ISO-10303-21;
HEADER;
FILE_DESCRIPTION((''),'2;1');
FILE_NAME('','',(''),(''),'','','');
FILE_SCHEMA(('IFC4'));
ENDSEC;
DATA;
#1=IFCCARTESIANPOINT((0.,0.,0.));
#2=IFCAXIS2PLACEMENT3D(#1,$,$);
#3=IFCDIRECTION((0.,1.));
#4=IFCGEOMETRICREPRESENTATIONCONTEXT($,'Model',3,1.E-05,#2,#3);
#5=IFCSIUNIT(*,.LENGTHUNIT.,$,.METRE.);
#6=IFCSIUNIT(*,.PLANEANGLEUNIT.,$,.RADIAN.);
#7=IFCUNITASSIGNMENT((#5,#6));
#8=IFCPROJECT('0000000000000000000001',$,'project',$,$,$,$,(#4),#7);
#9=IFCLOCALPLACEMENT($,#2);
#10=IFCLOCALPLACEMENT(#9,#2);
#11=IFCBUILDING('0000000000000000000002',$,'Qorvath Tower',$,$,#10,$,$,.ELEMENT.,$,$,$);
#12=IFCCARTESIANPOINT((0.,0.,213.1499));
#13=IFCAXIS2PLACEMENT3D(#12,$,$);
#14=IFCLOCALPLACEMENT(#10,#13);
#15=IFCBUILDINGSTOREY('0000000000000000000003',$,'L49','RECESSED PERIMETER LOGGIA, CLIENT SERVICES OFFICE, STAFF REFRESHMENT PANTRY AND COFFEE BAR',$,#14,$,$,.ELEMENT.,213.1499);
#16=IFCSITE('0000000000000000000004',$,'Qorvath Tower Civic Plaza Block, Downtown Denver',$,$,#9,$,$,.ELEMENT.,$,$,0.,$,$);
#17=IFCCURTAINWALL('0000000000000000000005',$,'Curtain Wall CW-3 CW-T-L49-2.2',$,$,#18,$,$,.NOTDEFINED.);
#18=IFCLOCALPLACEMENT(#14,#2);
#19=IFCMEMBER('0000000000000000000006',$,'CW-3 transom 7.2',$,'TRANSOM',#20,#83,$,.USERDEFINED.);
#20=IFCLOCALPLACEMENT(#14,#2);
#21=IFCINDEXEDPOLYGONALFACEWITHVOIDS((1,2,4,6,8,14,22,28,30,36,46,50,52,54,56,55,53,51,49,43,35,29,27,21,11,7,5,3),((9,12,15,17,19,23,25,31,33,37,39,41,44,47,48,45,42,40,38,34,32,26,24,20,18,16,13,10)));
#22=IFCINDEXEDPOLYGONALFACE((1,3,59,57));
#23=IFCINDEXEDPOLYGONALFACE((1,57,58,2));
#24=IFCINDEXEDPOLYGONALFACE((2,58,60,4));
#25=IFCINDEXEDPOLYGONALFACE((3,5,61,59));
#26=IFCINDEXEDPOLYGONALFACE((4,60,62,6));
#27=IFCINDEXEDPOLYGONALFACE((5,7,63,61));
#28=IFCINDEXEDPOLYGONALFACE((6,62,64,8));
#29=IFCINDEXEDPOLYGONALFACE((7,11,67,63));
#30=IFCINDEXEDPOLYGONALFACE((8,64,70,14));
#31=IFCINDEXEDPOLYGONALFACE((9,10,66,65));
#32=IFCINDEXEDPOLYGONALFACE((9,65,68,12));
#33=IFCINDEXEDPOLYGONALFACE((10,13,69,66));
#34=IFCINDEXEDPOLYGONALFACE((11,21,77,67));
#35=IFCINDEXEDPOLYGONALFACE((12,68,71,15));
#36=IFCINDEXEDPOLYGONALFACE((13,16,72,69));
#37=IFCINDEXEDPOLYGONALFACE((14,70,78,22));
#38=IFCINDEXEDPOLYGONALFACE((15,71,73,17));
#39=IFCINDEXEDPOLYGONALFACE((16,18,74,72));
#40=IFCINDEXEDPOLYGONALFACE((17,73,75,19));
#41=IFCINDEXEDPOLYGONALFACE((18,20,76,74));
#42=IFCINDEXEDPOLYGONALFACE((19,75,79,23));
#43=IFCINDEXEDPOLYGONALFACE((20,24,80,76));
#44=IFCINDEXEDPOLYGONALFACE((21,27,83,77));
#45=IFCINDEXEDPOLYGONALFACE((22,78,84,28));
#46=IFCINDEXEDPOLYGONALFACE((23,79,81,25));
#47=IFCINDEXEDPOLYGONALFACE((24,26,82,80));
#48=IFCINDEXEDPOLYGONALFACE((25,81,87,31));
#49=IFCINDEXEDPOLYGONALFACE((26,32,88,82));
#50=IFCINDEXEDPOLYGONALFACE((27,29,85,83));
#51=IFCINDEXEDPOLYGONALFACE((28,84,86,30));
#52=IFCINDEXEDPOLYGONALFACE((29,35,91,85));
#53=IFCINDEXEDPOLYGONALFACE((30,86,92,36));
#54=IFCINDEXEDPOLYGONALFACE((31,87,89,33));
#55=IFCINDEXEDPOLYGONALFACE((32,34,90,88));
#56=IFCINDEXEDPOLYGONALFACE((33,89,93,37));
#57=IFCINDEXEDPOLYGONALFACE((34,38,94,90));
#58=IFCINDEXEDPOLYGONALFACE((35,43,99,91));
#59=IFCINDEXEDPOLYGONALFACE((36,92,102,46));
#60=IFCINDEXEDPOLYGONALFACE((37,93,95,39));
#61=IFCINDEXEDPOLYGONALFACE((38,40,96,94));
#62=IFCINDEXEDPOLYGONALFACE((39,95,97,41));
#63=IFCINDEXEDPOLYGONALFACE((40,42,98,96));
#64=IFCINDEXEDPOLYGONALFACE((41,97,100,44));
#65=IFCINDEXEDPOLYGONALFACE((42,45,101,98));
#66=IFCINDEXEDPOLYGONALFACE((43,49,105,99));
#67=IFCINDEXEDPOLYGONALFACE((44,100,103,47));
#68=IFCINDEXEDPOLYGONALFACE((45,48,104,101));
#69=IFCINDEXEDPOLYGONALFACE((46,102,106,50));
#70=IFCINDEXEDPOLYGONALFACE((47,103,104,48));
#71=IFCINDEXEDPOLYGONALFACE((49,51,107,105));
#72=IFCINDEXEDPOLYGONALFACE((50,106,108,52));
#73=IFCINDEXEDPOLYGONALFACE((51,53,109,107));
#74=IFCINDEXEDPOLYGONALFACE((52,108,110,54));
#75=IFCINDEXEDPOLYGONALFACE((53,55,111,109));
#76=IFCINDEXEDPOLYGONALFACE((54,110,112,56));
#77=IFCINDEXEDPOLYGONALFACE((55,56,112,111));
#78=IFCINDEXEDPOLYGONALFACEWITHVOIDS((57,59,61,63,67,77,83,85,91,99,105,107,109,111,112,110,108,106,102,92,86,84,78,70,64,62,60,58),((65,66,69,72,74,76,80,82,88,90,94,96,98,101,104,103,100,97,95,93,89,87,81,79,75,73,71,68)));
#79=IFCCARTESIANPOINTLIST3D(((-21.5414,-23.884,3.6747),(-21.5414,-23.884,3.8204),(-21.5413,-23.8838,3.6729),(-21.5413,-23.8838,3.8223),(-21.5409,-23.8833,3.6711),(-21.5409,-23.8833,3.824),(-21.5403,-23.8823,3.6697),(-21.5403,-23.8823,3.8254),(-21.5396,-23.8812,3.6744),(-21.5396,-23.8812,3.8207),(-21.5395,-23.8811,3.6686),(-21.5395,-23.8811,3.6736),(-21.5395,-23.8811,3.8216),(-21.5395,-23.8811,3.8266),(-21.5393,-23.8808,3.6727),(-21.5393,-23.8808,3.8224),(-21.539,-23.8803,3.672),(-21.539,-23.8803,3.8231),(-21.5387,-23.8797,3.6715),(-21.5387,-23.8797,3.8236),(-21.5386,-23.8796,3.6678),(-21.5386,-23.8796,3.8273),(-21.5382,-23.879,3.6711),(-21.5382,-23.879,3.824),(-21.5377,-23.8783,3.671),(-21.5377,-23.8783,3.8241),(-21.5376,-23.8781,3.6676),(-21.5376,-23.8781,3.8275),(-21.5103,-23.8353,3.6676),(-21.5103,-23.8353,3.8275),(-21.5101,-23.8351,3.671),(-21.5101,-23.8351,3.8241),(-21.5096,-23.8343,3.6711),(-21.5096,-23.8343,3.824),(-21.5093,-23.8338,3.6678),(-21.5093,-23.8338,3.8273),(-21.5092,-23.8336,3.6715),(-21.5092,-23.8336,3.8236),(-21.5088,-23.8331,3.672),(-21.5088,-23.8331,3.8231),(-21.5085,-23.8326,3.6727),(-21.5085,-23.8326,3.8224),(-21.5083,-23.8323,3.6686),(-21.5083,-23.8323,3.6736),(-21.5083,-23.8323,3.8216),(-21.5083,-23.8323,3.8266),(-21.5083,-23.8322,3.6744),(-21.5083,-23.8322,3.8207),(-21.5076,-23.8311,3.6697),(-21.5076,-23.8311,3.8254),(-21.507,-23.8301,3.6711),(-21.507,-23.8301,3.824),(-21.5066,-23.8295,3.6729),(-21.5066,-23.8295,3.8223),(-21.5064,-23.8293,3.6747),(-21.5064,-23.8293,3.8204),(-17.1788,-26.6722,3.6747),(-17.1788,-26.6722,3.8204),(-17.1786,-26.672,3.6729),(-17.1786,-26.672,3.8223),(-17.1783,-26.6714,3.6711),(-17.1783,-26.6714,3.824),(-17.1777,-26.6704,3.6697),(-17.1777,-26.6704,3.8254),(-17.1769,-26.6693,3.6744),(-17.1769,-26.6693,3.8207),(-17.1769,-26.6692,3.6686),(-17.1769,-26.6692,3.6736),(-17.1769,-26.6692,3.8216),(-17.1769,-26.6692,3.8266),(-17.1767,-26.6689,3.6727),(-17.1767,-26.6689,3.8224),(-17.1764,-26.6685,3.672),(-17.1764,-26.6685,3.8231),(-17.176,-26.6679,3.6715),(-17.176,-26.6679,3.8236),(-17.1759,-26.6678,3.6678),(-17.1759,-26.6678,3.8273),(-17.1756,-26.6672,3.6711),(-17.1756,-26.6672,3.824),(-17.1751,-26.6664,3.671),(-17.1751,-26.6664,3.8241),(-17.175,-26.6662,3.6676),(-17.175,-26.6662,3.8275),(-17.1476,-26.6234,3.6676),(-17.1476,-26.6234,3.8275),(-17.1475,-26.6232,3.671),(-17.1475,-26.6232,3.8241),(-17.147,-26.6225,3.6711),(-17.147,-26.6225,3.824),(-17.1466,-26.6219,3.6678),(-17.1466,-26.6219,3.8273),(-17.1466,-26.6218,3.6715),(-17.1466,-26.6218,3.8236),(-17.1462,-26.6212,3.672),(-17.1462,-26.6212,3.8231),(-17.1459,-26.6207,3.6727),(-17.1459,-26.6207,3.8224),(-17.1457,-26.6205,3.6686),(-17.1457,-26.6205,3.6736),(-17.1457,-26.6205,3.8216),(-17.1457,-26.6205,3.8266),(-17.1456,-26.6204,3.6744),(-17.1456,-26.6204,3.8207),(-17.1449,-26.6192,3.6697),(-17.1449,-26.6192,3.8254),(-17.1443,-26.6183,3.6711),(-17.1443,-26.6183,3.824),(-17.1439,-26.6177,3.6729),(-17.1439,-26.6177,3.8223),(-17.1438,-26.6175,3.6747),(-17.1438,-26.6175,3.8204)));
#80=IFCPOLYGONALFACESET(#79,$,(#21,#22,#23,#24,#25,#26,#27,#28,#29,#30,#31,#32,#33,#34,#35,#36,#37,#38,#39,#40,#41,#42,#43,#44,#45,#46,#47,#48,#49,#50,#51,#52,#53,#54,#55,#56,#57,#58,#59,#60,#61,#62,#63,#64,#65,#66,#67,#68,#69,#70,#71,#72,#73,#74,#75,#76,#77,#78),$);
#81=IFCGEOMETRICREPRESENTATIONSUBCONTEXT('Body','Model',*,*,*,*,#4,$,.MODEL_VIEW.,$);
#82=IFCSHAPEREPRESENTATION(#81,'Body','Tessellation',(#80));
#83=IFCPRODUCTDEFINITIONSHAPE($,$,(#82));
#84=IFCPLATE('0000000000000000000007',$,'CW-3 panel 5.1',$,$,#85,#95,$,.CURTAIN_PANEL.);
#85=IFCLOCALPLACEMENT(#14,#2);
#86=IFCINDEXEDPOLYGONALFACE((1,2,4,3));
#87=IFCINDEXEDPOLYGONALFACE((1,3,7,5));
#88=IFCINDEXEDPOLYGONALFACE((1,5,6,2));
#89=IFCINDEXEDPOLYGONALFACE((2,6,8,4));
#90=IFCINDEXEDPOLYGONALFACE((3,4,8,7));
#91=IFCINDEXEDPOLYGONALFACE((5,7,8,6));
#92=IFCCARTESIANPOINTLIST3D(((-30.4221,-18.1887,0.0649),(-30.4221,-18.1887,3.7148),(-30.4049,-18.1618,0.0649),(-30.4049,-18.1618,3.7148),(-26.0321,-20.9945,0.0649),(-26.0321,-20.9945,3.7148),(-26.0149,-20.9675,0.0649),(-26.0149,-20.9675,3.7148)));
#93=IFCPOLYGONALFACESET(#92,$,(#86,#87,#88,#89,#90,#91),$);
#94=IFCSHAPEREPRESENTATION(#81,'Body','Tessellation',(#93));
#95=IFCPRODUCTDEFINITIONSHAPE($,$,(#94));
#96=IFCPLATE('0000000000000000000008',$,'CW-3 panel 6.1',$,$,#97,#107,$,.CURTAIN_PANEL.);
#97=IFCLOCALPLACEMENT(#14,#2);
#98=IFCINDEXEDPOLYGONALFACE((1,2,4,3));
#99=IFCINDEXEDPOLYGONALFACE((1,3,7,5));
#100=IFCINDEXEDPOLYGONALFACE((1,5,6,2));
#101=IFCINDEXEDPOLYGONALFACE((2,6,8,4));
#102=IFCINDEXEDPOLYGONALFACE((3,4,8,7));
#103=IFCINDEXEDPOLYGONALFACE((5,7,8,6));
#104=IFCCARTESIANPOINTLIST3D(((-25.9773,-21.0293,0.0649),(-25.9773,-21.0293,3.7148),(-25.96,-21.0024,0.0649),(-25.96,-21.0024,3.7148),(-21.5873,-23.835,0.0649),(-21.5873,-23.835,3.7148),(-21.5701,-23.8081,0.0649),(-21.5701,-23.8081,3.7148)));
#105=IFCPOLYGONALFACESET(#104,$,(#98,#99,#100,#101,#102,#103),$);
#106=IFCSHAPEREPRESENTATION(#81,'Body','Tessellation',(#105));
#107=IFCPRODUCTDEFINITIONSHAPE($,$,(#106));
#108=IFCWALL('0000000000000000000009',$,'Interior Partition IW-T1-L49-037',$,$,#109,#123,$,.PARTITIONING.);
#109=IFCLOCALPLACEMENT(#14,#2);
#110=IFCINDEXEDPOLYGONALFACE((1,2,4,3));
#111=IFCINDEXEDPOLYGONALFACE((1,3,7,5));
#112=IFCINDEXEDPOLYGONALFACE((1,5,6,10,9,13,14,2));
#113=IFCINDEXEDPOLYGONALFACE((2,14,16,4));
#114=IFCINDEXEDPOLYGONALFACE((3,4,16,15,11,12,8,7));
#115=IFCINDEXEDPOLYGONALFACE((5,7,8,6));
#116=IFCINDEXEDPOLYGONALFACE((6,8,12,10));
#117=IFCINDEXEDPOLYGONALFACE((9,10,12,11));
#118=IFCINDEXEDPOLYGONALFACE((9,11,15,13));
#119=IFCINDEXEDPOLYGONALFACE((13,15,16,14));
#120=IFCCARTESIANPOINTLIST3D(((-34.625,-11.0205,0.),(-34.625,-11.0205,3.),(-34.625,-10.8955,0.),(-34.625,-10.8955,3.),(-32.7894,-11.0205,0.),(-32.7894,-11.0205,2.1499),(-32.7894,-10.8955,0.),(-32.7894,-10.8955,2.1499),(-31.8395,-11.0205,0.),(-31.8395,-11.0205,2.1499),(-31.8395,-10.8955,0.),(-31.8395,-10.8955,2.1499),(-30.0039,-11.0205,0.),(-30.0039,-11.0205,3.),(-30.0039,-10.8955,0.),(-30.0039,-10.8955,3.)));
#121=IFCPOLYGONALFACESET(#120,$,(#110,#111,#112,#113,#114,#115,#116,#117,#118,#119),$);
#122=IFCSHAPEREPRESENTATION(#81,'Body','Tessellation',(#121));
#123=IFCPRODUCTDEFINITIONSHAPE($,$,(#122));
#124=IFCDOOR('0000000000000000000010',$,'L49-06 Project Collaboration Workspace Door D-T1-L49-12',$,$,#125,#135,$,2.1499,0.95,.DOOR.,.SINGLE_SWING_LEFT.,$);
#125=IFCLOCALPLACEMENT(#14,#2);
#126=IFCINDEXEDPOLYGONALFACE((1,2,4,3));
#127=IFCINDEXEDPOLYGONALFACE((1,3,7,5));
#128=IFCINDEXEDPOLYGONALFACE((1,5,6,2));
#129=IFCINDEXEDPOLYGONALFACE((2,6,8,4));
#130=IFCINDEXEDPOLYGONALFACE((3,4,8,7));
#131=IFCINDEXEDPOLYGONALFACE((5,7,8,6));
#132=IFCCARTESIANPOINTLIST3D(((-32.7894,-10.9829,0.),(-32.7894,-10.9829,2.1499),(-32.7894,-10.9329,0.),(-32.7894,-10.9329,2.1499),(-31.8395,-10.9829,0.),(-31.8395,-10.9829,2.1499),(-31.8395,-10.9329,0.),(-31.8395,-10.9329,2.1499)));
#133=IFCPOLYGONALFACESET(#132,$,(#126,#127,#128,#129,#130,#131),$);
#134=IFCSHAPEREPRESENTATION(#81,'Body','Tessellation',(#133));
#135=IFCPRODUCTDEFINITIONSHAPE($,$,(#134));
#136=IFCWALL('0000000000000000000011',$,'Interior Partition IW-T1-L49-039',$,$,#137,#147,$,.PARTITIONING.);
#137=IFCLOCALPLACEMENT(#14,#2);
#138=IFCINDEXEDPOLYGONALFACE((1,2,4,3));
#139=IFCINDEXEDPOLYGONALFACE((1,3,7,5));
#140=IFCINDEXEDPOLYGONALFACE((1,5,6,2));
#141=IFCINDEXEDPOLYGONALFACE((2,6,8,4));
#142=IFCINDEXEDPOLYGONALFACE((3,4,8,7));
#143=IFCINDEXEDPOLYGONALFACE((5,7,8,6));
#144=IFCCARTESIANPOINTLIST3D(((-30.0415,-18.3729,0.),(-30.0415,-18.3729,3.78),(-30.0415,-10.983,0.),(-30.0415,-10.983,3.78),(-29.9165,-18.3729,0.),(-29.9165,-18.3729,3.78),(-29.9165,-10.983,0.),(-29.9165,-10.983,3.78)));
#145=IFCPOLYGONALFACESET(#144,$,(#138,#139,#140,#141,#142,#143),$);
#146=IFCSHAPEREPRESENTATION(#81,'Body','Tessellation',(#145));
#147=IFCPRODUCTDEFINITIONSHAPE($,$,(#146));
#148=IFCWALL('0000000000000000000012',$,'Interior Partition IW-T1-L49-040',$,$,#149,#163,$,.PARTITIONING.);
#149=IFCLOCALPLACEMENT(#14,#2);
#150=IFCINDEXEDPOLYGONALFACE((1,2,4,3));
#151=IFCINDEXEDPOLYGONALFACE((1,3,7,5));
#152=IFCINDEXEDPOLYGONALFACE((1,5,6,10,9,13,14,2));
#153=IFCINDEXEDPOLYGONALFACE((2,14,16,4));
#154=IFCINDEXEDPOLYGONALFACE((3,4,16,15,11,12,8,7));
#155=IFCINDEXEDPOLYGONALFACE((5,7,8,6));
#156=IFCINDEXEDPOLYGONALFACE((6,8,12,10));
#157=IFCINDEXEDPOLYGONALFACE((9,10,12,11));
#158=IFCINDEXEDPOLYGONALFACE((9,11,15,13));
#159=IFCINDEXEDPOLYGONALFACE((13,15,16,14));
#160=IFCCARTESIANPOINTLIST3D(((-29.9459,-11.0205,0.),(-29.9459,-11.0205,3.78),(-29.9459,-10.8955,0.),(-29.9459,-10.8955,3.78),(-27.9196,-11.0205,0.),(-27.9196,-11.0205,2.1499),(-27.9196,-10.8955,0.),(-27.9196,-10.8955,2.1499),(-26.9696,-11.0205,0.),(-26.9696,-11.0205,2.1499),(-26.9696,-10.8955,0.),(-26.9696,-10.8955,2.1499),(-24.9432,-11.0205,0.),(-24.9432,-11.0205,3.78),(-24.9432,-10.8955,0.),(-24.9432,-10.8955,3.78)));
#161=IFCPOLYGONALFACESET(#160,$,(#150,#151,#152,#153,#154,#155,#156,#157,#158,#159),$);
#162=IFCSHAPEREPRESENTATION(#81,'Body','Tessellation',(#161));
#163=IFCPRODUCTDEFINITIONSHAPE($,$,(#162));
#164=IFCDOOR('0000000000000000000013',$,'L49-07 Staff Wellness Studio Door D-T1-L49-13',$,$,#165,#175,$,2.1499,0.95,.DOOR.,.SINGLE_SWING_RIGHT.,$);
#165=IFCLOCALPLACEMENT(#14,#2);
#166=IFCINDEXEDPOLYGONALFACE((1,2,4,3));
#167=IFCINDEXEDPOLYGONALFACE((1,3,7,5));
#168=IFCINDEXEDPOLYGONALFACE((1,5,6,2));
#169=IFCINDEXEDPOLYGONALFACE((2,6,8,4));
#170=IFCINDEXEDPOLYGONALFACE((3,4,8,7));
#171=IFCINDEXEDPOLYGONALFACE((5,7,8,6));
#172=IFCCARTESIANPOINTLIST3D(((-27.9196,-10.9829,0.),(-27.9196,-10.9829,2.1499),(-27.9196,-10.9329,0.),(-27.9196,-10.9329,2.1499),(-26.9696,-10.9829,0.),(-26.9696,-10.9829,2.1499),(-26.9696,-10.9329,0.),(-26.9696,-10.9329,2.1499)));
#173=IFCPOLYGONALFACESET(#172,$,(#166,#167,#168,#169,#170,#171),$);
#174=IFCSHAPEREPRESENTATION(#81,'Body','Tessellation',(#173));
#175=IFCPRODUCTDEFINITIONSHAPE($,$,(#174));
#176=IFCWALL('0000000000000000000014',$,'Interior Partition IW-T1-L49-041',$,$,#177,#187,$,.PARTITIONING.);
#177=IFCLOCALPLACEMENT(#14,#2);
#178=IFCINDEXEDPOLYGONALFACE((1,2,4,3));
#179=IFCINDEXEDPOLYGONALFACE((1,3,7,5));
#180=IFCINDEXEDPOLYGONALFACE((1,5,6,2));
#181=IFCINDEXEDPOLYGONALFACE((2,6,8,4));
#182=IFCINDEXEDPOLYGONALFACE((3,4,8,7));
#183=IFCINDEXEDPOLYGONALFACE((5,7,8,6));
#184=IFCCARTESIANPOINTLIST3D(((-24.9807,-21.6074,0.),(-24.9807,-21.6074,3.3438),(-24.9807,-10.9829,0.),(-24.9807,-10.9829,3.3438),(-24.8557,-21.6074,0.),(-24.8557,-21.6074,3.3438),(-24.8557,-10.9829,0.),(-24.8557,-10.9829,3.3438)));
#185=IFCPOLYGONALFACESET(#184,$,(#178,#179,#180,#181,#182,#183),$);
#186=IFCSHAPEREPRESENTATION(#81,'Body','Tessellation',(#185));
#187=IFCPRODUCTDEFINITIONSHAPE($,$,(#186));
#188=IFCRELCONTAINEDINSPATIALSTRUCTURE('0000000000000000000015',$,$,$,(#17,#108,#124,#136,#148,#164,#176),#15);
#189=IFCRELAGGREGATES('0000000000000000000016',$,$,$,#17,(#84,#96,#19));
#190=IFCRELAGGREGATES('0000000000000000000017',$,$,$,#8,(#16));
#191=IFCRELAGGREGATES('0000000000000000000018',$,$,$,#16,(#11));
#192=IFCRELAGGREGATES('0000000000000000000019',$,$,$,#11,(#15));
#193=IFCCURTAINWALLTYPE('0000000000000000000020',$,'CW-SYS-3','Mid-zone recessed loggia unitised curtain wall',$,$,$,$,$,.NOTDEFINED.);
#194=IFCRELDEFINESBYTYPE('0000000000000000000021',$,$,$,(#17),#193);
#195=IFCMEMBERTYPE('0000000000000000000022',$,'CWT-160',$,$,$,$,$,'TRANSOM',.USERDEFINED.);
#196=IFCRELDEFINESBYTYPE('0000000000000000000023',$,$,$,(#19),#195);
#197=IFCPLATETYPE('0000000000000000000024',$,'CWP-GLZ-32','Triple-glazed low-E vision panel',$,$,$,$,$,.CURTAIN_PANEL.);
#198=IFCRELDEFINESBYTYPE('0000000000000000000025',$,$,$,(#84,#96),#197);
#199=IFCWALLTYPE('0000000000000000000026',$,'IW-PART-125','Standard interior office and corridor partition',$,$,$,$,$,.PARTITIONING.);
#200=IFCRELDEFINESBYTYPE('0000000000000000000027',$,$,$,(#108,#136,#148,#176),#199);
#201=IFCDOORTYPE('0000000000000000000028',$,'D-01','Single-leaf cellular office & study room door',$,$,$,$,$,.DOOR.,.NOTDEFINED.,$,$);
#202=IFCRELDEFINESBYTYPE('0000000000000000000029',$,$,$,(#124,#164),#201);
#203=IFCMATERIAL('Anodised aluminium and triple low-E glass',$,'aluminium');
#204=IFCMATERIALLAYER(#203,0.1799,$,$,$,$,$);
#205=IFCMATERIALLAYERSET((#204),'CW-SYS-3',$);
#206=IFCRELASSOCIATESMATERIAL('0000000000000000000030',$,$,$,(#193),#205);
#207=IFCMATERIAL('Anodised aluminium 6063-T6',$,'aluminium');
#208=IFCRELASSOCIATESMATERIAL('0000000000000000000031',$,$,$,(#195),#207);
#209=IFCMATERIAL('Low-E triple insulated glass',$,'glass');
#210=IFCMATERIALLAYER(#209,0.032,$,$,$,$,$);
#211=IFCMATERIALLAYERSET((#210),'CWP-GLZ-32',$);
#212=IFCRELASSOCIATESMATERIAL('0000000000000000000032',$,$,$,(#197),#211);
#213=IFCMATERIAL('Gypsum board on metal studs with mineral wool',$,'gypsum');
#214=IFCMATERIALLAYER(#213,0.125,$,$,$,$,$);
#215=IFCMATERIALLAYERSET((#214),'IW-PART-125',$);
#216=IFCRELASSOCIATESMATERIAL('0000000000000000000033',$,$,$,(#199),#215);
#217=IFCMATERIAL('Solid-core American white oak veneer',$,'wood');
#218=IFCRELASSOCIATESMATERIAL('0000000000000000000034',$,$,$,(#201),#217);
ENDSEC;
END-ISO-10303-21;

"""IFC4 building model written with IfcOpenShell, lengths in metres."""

from ifc_helpers import new_model, si_unit, direction, frame, frame_2d, origin, origin_2d, place, context, subcontext, project, spatial, rectangle, hollow_rectangle, extrude, material, layer, layer_set, material_profile, profile_set, type_object, element, fill, aggregate, save


model = new_model("IFC4")

# Units and contexts
model_context = context("Model", 3, precision=1e-05, world=origin(), true_north=direction((0.0, 1.0)))
body_context = subcontext(model_context, "Body", "Model", "MODEL_VIEW")
ifc_project = project(units=[si_unit("LENGTHUNIT", "METRE"), si_unit("PLANEANGLEUNIT", "RADIAN")], contexts=[model_context])

# Site, building, storey
site_placement = place(None, origin())
site = spatial("IfcSite", under=ifc_project, at=site_placement, Name="Qorvath Tower Civic Plaza Block, Downtown Denver", CompositionType="ELEMENT", RefElevation=0.0)
building_placement = place(site_placement, origin())
building = spatial("IfcBuilding", under=site, at=building_placement, Name="Qorvath Tower", CompositionType="ELEMENT")
storey_placement = place(building_placement, frame((0.0, 0.0, 213.1499)))
storey = spatial("IfcBuildingStorey", under=building, at=storey_placement, Name="L49", Description="RECESSED PERIMETER LOGGIA, CLIENT SERVICES OFFICE, STAFF REFRESHMENT PANTRY AND COFFEE BAR", CompositionType="ELEMENT", Elevation=213.1499)

# Curtain wall, member, plates
ifc_material_1 = material(Name="Anodised aluminium and triple low-E glass", Category="aluminium")
ifc_layer_1 = layer(ifc_material_1, 0.1799)
ifc_layer_set_1 = layer_set([ifc_layer_1], Name="CW-SYS-3")
curtain_wall_type = type_object("IfcCurtainWallType", Name="CW-SYS-3", Description="Mid-zone recessed loggia unitised curtain wall", PredefinedType="NOTDEFINED", material=ifc_layer_set_1)
curtain_wall_placement = place(storey_placement, origin())
curtain_wall = element("IfcCurtainWall", 1, at=curtain_wall_placement, inside=storey, type_object=curtain_wall_type, Name="Curtain Wall CW-3 CW-T-L49-2.2", PredefinedType="NOTDEFINED")
ifc_material_2 = material(Name="Anodised aluminium 6063-T6", Category="aluminium")
ifc_material_profile_1 = material_profile(ifc_material_2, hollow_rectangle(XDim=0.0649, YDim=0.1599, WallThickness=0.0034, InnerFilletRadius=0.0034, OuterFilletRadius=0.0071, at=origin_2d()), Name="CWT 160x65")
ifc_profile_set_1 = profile_set([ifc_material_profile_1], Name="Anodised aluminium 6063-T6")
member_type_1 = type_object("IfcMemberType", Name="CWT-160", ElementType="TRANSOM", PredefinedType="USERDEFINED", material=ifc_profile_set_1)
member_1_placement = place(storey_placement, frame((-21.5239, -23.8567, 3.7476), z_axis=(0.842617, -0.538513, 0.0), x_axis=(0.538513, 0.842617, 0.0)))
member_1 = element("IfcMember", 2, at=member_1_placement, type_object=member_type_1, Name="CW-3 transom 7.2", ObjectType="TRANSOM", PredefinedType="USERDEFINED", context=body_context, shape_type="SweptSolid", body=[
    extrude(hollow_rectangle(XDim=0.0649, YDim=0.1599, WallThickness=0.0034, InnerFilletRadius=0.0034, OuterFilletRadius=0.0071, at=origin_2d()), origin(), (0.0, 0.0, 1.0), 5.1775),
])
ifc_material_3 = material(Name="Low-E triple insulated glass", Category="glass")
ifc_layer_2 = layer(ifc_material_3, 0.032)
ifc_layer_set_2 = layer_set([ifc_layer_2], Name="CWP-GLZ-32")
plate_type = type_object("IfcPlateType", Name="CWP-GLZ-32", Description="Triple-glazed low-E vision panel", PredefinedType="CURTAIN_PANEL", material=ifc_layer_set_2)
plate_1_placement = place(storey_placement, frame((-28.2185, -19.5781, 0.0649), z_axis=(0.0, 0.0, 1.0), x_axis=(0.842605, -0.538533, 0.0)))
plate_1 = element("IfcPlate", 3, at=plate_1_placement, type_object=plate_type, Name="CW-3 panel 5.1", PredefinedType="CURTAIN_PANEL", context=body_context, shape_type="SweptSolid", body=[
    extrude(rectangle(XDim=5.21, YDim=0.032, at=origin_2d()), origin(), (0.0, 0.0, 1.0), 3.6499),
])
plate_2_placement = place(storey_placement, frame((-23.7737, -22.4187, 0.0649), z_axis=(0.0, 0.0, 1.0), x_axis=(0.842605, -0.538533, 0.0)))
plate_2 = element("IfcPlate", 4, at=plate_2_placement, type_object=plate_type, Name="CW-3 panel 6.1", PredefinedType="CURTAIN_PANEL", context=body_context, shape_type="SweptSolid", body=[
    extrude(rectangle(XDim=5.21, YDim=0.032, at=origin_2d()), origin(), (0.0, 0.0, 1.0), 3.6499),
])
aggregate(curtain_wall, [plate_1, plate_2, member_1])

# Wall, opening, door
ifc_material_4 = material(Name="Gypsum board on metal studs with mineral wool", Category="gypsum")
ifc_layer_3 = layer(ifc_material_4, 0.125)
ifc_layer_set_3 = layer_set([ifc_layer_3], Name="IW-PART-125")
wall_type = type_object("IfcWallType", Name="IW-PART-125", Description="Standard interior office and corridor partition", PredefinedType="PARTITIONING", material=ifc_layer_set_3)
wall_1_placement = place(storey_placement, frame((-30.0039, -10.958, 0.0), z_axis=(0.0, 0.0, 1.0), x_axis=(-1.0, 0.0, 0.0)))
wall_1 = element("IfcWall", 5, at=wall_1_placement, inside=storey, type_object=wall_type, Name="Interior Partition IW-T1-L49-037", PredefinedType="PARTITIONING", context=body_context, shape_type="SweptSolid", body=[
    extrude(rectangle(XDim=4.6211, YDim=0.125, at=frame_2d((2.3105, 0.0))), origin(), (0.0, 0.0, 1.0), 3.0),
])
opening_1_placement = place(wall_1_placement, frame((1.8354, 0.0, 0.0)))
opening_1 = element("IfcOpeningElement", 6, at=opening_1_placement, cuts=wall_1, PredefinedType="OPENING", context=body_context, shape_type="SweptSolid", body=[
    extrude(rectangle(XDim=0.95, YDim=2.1499, at=frame_2d((0.4751, 1.075))), frame((0.0, 0.0725, 0.0), z_axis=(0.0, -1.0, 0.0), x_axis=(1.0, 0.0, 0.0)), (0.0, 0.0, 1.0), 0.145),
])
ifc_material_5 = material(Name="Solid-core American white oak veneer", Category="wood")
door_type = type_object("IfcDoorType", Name="D-01", Description="Single-leaf cellular office & study room door", OperationType="NOTDEFINED", PredefinedType="DOOR", material=ifc_material_5)
door_1_placement = place(opening_1_placement, origin())
door_1 = element("IfcDoor", 7, at=door_1_placement, inside=storey, type_object=door_type, Name="L49-06 Project Collaboration Workspace Door D-T1-L49-12", OperationType="SINGLE_SWING_LEFT", OverallHeight=2.1499, OverallWidth=0.95, PredefinedType="DOOR", context=body_context, shape_type="SweptSolid", body=[
    extrude(rectangle(XDim=0.95, YDim=2.1499, at=frame_2d((0.4751, 1.075))), frame((0.0, 0.0249, 0.0), z_axis=(0.0, -1.0, 0.0), x_axis=(1.0, 0.0, 0.0)), (0.0, 0.0, 1.0), 0.05),
])
fill(opening_1, door_1)

# Wall
wall_2_placement = place(storey_placement, frame((-29.979, -18.3728, 0.0), z_axis=(0.0, 0.0, 1.0), x_axis=(0.0, 1.0, 0.0)))
element("IfcWall", 8, at=wall_2_placement, inside=storey, type_object=wall_type, Name="Interior Partition IW-T1-L49-039", PredefinedType="PARTITIONING", context=body_context, shape_type="SweptSolid", body=[
    extrude(rectangle(XDim=7.3899, YDim=0.125, at=frame_2d((3.6948, 0.0))), origin(), (0.0, 0.0, 1.0), 3.78),
])

# Wall, opening, door
wall_3_placement = place(storey_placement, frame((-24.9431, -10.958, 0.0), z_axis=(0.0, 0.0, 1.0), x_axis=(-1.0, 0.0, 0.0)))
wall_3 = element("IfcWall", 9, at=wall_3_placement, inside=storey, type_object=wall_type, Name="Interior Partition IW-T1-L49-040", PredefinedType="PARTITIONING", context=body_context, shape_type="SweptSolid", body=[
    extrude(rectangle(XDim=5.0027, YDim=0.125, at=frame_2d((2.5015, 0.0))), origin(), (0.0, 0.0, 1.0), 3.78),
])
opening_2_placement = place(wall_3_placement, frame((2.0264, 0.0, 0.0)))
opening_2 = element("IfcOpeningElement", 10, at=opening_2_placement, cuts=wall_3, PredefinedType="OPENING", context=body_context, shape_type="SweptSolid", body=[
    extrude(rectangle(XDim=0.95, YDim=2.1499, at=frame_2d((0.4751, 1.075))), frame((0.0, 0.0725, 0.0), z_axis=(0.0, -1.0, 0.0), x_axis=(1.0, 0.0, 0.0)), (0.0, 0.0, 1.0), 0.145),
])
door_2_placement = place(opening_2_placement, origin())
door_2 = element("IfcDoor", 11, at=door_2_placement, inside=storey, type_object=door_type, Name="L49-07 Staff Wellness Studio Door D-T1-L49-13", OperationType="SINGLE_SWING_RIGHT", OverallHeight=2.1499, OverallWidth=0.95, PredefinedType="DOOR", context=body_context, shape_type="SweptSolid", body=[
    extrude(rectangle(XDim=0.95, YDim=2.1499, at=frame_2d((0.4751, 1.075))), frame((0.0, 0.0249, 0.0), z_axis=(0.0, -1.0, 0.0), x_axis=(1.0, 0.0, 0.0)), (0.0, 0.0, 1.0), 0.05),
])
fill(opening_2, door_2)

# Wall
wall_4_placement = place(storey_placement, frame((-24.9182, -21.6074, 0.0), z_axis=(0.0, 0.0, 1.0), x_axis=(0.0, 1.0, 0.0)))
element("IfcWall", 12, at=wall_4_placement, inside=storey, type_object=wall_type, Name="Interior Partition IW-T1-L49-041", PredefinedType="PARTITIONING", context=body_context, shape_type="SweptSolid", body=[
    extrude(rectangle(XDim=10.6245, YDim=0.125, at=frame_2d((5.3123, 0.0))), origin(), (0.0, 0.0, 1.0), 3.3438),
])

save(model, "model.ifc")
